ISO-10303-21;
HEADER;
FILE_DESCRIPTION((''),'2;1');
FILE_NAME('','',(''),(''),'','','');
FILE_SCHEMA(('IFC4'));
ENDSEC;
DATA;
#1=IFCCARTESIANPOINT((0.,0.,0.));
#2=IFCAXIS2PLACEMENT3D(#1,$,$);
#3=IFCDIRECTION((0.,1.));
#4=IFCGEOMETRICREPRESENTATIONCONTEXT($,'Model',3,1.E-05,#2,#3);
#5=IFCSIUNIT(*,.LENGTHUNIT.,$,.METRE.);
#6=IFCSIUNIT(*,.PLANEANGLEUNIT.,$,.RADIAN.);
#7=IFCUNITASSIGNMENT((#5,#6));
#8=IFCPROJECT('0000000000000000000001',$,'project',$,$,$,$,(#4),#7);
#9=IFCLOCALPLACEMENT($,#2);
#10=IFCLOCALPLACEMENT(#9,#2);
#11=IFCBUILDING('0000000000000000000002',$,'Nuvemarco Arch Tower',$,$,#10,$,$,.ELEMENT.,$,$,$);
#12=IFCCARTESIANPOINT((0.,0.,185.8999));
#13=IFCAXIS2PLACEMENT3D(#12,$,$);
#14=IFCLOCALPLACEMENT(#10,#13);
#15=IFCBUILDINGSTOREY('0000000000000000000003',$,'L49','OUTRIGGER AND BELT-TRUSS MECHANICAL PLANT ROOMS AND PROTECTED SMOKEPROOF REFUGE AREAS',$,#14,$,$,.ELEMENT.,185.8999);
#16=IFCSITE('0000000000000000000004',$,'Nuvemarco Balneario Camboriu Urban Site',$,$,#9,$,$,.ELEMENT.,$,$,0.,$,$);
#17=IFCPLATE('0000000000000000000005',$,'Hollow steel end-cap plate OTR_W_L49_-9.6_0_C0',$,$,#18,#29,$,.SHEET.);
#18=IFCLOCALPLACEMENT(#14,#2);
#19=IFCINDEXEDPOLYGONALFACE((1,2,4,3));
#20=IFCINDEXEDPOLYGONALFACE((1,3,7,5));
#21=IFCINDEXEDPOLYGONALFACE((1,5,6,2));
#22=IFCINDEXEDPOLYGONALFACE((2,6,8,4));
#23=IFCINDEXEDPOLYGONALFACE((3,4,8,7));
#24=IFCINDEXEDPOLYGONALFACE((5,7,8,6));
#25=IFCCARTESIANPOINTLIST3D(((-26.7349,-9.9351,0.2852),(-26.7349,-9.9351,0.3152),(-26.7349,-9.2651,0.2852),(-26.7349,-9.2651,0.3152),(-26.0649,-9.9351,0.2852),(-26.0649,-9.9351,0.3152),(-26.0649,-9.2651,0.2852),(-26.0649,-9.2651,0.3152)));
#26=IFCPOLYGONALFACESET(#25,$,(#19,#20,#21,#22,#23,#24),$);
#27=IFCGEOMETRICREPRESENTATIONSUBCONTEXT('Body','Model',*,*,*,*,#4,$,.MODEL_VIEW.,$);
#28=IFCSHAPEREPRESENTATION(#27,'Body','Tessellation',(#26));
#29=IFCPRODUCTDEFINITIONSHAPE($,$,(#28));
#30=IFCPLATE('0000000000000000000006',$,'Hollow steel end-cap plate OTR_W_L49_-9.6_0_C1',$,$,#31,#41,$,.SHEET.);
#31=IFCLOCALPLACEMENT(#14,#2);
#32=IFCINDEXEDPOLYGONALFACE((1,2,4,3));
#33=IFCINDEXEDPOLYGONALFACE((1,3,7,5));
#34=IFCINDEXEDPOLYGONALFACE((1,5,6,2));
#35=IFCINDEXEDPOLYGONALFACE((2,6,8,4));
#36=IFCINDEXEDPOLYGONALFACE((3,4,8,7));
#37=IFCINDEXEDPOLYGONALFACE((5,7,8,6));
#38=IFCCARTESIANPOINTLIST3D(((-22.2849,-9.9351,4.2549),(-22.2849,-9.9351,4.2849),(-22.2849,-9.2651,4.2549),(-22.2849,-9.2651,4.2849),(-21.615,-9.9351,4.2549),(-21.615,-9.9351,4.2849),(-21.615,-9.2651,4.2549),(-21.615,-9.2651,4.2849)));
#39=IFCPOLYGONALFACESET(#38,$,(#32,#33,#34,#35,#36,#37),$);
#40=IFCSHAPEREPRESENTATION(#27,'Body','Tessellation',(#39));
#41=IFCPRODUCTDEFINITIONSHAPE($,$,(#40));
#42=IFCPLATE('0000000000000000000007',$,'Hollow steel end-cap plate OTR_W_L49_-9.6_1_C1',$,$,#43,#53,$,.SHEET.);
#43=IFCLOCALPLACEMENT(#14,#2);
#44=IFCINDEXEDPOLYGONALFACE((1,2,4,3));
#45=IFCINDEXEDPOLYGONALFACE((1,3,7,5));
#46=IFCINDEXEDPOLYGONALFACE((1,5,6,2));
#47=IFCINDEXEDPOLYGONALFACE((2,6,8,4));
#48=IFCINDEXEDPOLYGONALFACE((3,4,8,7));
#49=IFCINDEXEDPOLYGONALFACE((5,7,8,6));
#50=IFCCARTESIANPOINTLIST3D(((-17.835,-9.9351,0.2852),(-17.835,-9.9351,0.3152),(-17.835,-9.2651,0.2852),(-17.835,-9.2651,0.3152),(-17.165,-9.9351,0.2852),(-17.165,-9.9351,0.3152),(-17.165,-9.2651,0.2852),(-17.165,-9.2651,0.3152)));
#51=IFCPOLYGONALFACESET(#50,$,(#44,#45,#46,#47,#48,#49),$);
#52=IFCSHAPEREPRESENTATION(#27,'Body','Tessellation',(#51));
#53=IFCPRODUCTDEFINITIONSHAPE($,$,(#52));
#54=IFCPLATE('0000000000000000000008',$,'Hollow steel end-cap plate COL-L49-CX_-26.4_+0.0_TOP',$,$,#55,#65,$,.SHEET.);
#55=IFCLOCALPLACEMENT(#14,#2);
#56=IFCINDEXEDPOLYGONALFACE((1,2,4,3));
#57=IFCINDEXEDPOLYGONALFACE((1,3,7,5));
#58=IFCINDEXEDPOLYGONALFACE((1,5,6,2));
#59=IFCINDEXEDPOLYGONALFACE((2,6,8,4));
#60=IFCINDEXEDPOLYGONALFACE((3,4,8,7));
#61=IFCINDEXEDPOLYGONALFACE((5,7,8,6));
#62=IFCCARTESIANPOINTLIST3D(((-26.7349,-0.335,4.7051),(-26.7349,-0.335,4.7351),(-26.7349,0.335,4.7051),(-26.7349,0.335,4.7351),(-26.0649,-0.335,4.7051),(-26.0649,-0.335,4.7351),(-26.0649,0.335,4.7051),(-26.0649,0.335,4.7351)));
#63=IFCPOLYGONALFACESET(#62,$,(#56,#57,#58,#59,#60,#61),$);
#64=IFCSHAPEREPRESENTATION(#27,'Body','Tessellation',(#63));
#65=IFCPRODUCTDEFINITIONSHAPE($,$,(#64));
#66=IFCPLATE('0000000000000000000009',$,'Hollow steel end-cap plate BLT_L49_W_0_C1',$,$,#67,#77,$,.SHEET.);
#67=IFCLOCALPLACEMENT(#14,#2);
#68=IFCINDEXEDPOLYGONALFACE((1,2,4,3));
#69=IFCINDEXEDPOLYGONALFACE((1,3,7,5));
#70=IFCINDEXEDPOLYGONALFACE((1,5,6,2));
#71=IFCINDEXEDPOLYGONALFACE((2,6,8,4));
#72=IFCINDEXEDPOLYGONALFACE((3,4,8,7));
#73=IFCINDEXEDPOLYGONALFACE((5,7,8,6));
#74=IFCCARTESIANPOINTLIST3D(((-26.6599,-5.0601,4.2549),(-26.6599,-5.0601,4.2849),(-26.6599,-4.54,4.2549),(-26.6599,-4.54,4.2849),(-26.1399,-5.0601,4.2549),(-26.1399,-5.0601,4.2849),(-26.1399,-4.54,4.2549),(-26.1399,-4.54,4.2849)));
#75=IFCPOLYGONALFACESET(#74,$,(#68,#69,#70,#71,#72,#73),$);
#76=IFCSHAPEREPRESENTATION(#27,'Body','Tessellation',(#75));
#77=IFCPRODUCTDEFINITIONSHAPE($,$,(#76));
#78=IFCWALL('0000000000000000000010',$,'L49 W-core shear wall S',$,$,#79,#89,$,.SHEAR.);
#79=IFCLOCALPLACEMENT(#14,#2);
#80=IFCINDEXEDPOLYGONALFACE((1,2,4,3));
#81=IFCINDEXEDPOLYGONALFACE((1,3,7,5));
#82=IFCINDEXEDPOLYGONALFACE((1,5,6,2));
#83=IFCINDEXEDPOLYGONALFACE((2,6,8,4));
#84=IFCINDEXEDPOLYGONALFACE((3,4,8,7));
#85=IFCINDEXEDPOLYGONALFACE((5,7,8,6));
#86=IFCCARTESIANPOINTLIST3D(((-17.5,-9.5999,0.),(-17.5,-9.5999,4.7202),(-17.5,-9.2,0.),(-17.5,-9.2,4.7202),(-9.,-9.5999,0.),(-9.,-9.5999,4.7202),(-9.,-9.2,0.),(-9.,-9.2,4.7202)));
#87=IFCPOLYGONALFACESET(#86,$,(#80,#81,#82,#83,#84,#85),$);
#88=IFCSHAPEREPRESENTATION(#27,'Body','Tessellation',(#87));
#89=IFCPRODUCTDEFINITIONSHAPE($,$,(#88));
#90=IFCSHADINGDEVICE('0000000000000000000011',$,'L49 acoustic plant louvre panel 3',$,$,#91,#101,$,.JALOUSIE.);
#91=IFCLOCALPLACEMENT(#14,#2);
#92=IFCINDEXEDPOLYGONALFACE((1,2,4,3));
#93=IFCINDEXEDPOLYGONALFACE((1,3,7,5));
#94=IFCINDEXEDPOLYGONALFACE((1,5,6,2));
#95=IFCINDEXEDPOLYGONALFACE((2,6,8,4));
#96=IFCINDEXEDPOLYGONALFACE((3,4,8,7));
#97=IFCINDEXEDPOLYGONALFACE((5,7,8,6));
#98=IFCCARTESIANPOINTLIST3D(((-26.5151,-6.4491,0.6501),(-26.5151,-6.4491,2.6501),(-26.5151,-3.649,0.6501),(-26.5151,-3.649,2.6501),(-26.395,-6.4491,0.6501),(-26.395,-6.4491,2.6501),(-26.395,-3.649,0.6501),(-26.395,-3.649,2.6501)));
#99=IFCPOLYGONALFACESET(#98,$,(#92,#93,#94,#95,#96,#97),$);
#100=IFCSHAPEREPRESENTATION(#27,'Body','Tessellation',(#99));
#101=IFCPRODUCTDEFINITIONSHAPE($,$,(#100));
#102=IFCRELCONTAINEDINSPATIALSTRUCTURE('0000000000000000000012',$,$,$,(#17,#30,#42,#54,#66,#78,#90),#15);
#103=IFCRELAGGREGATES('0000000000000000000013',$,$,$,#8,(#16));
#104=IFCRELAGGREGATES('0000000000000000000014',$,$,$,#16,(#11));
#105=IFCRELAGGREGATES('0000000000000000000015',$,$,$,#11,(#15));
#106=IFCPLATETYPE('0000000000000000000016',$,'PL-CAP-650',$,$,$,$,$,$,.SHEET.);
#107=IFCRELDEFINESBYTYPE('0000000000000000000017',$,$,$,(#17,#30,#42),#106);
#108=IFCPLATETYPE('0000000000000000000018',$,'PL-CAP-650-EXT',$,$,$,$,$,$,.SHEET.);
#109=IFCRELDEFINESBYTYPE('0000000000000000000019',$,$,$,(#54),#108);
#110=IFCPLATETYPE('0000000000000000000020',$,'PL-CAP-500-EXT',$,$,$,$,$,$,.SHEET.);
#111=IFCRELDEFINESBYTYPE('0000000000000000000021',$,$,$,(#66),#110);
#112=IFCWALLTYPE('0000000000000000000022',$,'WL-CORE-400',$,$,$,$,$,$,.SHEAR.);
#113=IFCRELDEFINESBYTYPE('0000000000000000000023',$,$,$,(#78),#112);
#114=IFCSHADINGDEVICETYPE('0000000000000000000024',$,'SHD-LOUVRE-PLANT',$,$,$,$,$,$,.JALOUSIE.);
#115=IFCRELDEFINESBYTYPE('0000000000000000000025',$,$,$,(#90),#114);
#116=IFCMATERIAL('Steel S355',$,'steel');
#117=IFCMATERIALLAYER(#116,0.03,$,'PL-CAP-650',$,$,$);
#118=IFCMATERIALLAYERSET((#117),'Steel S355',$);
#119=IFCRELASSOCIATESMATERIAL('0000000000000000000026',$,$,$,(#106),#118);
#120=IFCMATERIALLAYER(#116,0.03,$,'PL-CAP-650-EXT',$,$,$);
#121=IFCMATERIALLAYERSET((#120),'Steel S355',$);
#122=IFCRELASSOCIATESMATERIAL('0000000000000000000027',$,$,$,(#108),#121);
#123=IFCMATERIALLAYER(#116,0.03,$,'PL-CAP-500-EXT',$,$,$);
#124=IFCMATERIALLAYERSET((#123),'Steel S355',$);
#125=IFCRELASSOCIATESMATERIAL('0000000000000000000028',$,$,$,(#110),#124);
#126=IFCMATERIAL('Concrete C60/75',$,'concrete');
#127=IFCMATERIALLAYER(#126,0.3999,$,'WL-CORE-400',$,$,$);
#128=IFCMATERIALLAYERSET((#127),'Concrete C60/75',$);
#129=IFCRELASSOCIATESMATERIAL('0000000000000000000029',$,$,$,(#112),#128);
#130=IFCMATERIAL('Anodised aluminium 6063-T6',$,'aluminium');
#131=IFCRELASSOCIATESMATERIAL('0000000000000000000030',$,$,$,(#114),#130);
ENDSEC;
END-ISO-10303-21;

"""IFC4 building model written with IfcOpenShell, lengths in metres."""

from ifc_helpers import new_model, si_unit, direction, frame, frame_2d, origin, origin_2d, place, context, subcontext, project, spatial, rectangle, extrude, source, transform, mapped, material, layer, layer_set, type_object, type_shapes, element, save


model = new_model("IFC4")

# Units and contexts
model_context = context("Model", 3, precision=1e-05, world=origin(), true_north=direction((0.0, 1.0)))
body_context = subcontext(model_context, "Body", "Model", "MODEL_VIEW")
ifc_project = project(units=[si_unit("LENGTHUNIT", "METRE"), si_unit("PLANEANGLEUNIT", "RADIAN")], contexts=[model_context])

# Site, building, storey
site_placement = place(None, origin())
site = spatial("IfcSite", under=ifc_project, at=site_placement, Name="Nuvemarco Balneario Camboriu Urban Site", CompositionType="ELEMENT", RefElevation=0.0)
building_placement = place(site_placement, origin())
building = spatial("IfcBuilding", under=site, at=building_placement, Name="Nuvemarco Arch Tower", CompositionType="ELEMENT")
storey_placement = place(building_placement, frame((0.0, 0.0, 185.8999)))
storey = spatial("IfcBuildingStorey", under=building, at=storey_placement, Name="L49", Description="OUTRIGGER AND BELT-TRUSS MECHANICAL PLANT ROOMS AND PROTECTED SMOKEPROOF REFUGE AREAS", CompositionType="ELEMENT", Elevation=185.8999)

# Shared definitions
ifc_material_1 = material(Name="Steel S355", Category="steel")

# Plates
ifc_layer_1 = layer(ifc_material_1, 0.03, Name="PL-CAP-650")
ifc_layer_set_1 = layer_set([ifc_layer_1], Name="Steel S355")
plate_type_1 = type_object("IfcPlateType", Name="PL-CAP-650", PredefinedType="SHEET", material=ifc_layer_set_1)
shared_shape_1 = source(origin(), body_context, "Body", "SweptSolid", [
    extrude(rectangle(XDim=0.6699, YDim=0.6699, at=origin_2d()), origin(), (0.0, 0.0, 1.0), 0.03),
])
type_shapes(plate_type_1, [shared_shape_1])
for number, where, z_axis, x_axis, name in (
    (1, (-26.3999, -9.6001, 0.2852), (0.0, 0.0, 1.0), (1.0, 0.0, 0.0), "Hollow steel end-cap plate OTR_W_L49_-9.6_0_C0"),
    (2, (-21.95, -9.6001, 4.2549), (0.0, 0.0, 1.0), (1.0, 0.0, 0.0), "Hollow steel end-cap plate OTR_W_L49_-9.6_0_C1"),
    (3, (-17.5, -9.6001, 0.2852), (0.0, 0.0, 1.0), (1.0, 0.0, 0.0), "Hollow steel end-cap plate OTR_W_L49_-9.6_1_C1"),
):
    element("IfcPlate", number, at=place(storey_placement, frame(where, z_axis=z_axis, x_axis=x_axis)), inside=storey, type_object=plate_type_1, Name=name, PredefinedType="SHEET", context=body_context, shape_type="MappedRepresentation", body=[
        mapped(shared_shape_1, transform((0.0, 0.0, 0.0), scale=1.0)),
    ])
ifc_layer_2 = layer(ifc_material_1, 0.03, Name="PL-CAP-650-EXT")
ifc_layer_set_2 = layer_set([ifc_layer_2], Name="Steel S355")
plate_type_2 = type_object("IfcPlateType", Name="PL-CAP-650-EXT", PredefinedType="SHEET", material=ifc_layer_set_2)
shared_shape_2 = source(origin(), body_context, "Body", "SweptSolid", [
    extrude(rectangle(XDim=0.6699, YDim=0.6699, at=origin_2d()), origin(), (0.0, 0.0, 1.0), 0.03),
])
type_shapes(plate_type_2, [shared_shape_2])
plate_1_placement = place(storey_placement, frame((-26.3999, 0.0, 4.7051), z_axis=(0.0, 0.0, 1.0), x_axis=(1.0, 0.0, 0.0)))
element("IfcPlate", 4, at=plate_1_placement, inside=storey, type_object=plate_type_2, Name="Hollow steel end-cap plate COL-L49-CX_-26.4_+0.0_TOP", PredefinedType="SHEET", context=body_context, shape_type="MappedRepresentation", body=[
    mapped(shared_shape_2, transform((0.0, 0.0, 0.0), scale=1.0)),
])
ifc_layer_3 = layer(ifc_material_1, 0.03, Name="PL-CAP-500-EXT")
ifc_layer_set_3 = layer_set([ifc_layer_3], Name="Steel S355")
plate_type_3 = type_object("IfcPlateType", Name="PL-CAP-500-EXT", PredefinedType="SHEET", material=ifc_layer_set_3)
shared_shape_3 = source(origin(), body_context, "Body", "SweptSolid", [
    extrude(rectangle(XDim=0.52, YDim=0.52, at=origin_2d()), origin(), (0.0, 0.0, 1.0), 0.03),
])
type_shapes(plate_type_3, [shared_shape_3])
plate_2_placement = place(storey_placement, frame((-26.3999, -4.8, 4.2549), z_axis=(0.0, 0.0, 1.0), x_axis=(1.0, 0.0, 0.0)))
element("IfcPlate", 5, at=plate_2_placement, inside=storey, type_object=plate_type_3, Name="Hollow steel end-cap plate BLT_L49_W_0_C1", PredefinedType="SHEET", context=body_context, shape_type="MappedRepresentation", body=[
    mapped(shared_shape_3, transform((0.0, 0.0, 0.0), scale=1.0)),
])

# Wall
ifc_material_2 = material(Name="Concrete C60/75", Category="concrete")
ifc_layer_4 = layer(ifc_material_2, 0.3999, Name="WL-CORE-400")
ifc_layer_set_4 = layer_set([ifc_layer_4], Name="Concrete C60/75")
wall_type = type_object("IfcWallType", Name="WL-CORE-400", PredefinedType="SHEAR", material=ifc_layer_set_4)
wall_placement = place(storey_placement, frame((-17.5, -9.3999, 0.0), z_axis=(0.0, 0.0, 1.0), x_axis=(1.0, 0.0, 0.0)))
element("IfcWall", 6, at=wall_placement, inside=storey, type_object=wall_type, Name="L49 W-core shear wall S", PredefinedType="SHEAR", context=body_context, shape_type="SweptSolid", body=[
    extrude(rectangle(XDim=8.5, YDim=0.3999, at=frame_2d((4.25, 0.0))), origin(), (0.0, 0.0, 1.0), 4.7202),
])

# Shading device
ifc_material_3 = material(Name="Anodised aluminium 6063-T6", Category="aluminium")
shading_device_type = type_object("IfcShadingDeviceType", Name="SHD-LOUVRE-PLANT", PredefinedType="JALOUSIE", material=ifc_material_3)
shared_shape_4 = source(origin(), body_context, "Body", "SweptSolid", [
    extrude(rectangle(XDim=2.8, YDim=0.1201, at=origin_2d()), origin(), (0.0, 0.0, 1.0), 2.0),
])
type_shapes(shading_device_type, [shared_shape_4])
shading_device_placement = place(storey_placement, frame((-26.4551, -5.0491, 0.6501), z_axis=(0.0, 0.0, 1.0), x_axis=(0.0, 1.0, 0.0)))
element("IfcShadingDevice", 7, at=shading_device_placement, inside=storey, type_object=shading_device_type, Name="L49 acoustic plant louvre panel 3", PredefinedType="JALOUSIE", context=body_context, shape_type="MappedRepresentation", body=[
    mapped(shared_shape_4, transform((0.0, 0.0, 0.0), scale=1.0)),
])

save(model, "model.ifc")
